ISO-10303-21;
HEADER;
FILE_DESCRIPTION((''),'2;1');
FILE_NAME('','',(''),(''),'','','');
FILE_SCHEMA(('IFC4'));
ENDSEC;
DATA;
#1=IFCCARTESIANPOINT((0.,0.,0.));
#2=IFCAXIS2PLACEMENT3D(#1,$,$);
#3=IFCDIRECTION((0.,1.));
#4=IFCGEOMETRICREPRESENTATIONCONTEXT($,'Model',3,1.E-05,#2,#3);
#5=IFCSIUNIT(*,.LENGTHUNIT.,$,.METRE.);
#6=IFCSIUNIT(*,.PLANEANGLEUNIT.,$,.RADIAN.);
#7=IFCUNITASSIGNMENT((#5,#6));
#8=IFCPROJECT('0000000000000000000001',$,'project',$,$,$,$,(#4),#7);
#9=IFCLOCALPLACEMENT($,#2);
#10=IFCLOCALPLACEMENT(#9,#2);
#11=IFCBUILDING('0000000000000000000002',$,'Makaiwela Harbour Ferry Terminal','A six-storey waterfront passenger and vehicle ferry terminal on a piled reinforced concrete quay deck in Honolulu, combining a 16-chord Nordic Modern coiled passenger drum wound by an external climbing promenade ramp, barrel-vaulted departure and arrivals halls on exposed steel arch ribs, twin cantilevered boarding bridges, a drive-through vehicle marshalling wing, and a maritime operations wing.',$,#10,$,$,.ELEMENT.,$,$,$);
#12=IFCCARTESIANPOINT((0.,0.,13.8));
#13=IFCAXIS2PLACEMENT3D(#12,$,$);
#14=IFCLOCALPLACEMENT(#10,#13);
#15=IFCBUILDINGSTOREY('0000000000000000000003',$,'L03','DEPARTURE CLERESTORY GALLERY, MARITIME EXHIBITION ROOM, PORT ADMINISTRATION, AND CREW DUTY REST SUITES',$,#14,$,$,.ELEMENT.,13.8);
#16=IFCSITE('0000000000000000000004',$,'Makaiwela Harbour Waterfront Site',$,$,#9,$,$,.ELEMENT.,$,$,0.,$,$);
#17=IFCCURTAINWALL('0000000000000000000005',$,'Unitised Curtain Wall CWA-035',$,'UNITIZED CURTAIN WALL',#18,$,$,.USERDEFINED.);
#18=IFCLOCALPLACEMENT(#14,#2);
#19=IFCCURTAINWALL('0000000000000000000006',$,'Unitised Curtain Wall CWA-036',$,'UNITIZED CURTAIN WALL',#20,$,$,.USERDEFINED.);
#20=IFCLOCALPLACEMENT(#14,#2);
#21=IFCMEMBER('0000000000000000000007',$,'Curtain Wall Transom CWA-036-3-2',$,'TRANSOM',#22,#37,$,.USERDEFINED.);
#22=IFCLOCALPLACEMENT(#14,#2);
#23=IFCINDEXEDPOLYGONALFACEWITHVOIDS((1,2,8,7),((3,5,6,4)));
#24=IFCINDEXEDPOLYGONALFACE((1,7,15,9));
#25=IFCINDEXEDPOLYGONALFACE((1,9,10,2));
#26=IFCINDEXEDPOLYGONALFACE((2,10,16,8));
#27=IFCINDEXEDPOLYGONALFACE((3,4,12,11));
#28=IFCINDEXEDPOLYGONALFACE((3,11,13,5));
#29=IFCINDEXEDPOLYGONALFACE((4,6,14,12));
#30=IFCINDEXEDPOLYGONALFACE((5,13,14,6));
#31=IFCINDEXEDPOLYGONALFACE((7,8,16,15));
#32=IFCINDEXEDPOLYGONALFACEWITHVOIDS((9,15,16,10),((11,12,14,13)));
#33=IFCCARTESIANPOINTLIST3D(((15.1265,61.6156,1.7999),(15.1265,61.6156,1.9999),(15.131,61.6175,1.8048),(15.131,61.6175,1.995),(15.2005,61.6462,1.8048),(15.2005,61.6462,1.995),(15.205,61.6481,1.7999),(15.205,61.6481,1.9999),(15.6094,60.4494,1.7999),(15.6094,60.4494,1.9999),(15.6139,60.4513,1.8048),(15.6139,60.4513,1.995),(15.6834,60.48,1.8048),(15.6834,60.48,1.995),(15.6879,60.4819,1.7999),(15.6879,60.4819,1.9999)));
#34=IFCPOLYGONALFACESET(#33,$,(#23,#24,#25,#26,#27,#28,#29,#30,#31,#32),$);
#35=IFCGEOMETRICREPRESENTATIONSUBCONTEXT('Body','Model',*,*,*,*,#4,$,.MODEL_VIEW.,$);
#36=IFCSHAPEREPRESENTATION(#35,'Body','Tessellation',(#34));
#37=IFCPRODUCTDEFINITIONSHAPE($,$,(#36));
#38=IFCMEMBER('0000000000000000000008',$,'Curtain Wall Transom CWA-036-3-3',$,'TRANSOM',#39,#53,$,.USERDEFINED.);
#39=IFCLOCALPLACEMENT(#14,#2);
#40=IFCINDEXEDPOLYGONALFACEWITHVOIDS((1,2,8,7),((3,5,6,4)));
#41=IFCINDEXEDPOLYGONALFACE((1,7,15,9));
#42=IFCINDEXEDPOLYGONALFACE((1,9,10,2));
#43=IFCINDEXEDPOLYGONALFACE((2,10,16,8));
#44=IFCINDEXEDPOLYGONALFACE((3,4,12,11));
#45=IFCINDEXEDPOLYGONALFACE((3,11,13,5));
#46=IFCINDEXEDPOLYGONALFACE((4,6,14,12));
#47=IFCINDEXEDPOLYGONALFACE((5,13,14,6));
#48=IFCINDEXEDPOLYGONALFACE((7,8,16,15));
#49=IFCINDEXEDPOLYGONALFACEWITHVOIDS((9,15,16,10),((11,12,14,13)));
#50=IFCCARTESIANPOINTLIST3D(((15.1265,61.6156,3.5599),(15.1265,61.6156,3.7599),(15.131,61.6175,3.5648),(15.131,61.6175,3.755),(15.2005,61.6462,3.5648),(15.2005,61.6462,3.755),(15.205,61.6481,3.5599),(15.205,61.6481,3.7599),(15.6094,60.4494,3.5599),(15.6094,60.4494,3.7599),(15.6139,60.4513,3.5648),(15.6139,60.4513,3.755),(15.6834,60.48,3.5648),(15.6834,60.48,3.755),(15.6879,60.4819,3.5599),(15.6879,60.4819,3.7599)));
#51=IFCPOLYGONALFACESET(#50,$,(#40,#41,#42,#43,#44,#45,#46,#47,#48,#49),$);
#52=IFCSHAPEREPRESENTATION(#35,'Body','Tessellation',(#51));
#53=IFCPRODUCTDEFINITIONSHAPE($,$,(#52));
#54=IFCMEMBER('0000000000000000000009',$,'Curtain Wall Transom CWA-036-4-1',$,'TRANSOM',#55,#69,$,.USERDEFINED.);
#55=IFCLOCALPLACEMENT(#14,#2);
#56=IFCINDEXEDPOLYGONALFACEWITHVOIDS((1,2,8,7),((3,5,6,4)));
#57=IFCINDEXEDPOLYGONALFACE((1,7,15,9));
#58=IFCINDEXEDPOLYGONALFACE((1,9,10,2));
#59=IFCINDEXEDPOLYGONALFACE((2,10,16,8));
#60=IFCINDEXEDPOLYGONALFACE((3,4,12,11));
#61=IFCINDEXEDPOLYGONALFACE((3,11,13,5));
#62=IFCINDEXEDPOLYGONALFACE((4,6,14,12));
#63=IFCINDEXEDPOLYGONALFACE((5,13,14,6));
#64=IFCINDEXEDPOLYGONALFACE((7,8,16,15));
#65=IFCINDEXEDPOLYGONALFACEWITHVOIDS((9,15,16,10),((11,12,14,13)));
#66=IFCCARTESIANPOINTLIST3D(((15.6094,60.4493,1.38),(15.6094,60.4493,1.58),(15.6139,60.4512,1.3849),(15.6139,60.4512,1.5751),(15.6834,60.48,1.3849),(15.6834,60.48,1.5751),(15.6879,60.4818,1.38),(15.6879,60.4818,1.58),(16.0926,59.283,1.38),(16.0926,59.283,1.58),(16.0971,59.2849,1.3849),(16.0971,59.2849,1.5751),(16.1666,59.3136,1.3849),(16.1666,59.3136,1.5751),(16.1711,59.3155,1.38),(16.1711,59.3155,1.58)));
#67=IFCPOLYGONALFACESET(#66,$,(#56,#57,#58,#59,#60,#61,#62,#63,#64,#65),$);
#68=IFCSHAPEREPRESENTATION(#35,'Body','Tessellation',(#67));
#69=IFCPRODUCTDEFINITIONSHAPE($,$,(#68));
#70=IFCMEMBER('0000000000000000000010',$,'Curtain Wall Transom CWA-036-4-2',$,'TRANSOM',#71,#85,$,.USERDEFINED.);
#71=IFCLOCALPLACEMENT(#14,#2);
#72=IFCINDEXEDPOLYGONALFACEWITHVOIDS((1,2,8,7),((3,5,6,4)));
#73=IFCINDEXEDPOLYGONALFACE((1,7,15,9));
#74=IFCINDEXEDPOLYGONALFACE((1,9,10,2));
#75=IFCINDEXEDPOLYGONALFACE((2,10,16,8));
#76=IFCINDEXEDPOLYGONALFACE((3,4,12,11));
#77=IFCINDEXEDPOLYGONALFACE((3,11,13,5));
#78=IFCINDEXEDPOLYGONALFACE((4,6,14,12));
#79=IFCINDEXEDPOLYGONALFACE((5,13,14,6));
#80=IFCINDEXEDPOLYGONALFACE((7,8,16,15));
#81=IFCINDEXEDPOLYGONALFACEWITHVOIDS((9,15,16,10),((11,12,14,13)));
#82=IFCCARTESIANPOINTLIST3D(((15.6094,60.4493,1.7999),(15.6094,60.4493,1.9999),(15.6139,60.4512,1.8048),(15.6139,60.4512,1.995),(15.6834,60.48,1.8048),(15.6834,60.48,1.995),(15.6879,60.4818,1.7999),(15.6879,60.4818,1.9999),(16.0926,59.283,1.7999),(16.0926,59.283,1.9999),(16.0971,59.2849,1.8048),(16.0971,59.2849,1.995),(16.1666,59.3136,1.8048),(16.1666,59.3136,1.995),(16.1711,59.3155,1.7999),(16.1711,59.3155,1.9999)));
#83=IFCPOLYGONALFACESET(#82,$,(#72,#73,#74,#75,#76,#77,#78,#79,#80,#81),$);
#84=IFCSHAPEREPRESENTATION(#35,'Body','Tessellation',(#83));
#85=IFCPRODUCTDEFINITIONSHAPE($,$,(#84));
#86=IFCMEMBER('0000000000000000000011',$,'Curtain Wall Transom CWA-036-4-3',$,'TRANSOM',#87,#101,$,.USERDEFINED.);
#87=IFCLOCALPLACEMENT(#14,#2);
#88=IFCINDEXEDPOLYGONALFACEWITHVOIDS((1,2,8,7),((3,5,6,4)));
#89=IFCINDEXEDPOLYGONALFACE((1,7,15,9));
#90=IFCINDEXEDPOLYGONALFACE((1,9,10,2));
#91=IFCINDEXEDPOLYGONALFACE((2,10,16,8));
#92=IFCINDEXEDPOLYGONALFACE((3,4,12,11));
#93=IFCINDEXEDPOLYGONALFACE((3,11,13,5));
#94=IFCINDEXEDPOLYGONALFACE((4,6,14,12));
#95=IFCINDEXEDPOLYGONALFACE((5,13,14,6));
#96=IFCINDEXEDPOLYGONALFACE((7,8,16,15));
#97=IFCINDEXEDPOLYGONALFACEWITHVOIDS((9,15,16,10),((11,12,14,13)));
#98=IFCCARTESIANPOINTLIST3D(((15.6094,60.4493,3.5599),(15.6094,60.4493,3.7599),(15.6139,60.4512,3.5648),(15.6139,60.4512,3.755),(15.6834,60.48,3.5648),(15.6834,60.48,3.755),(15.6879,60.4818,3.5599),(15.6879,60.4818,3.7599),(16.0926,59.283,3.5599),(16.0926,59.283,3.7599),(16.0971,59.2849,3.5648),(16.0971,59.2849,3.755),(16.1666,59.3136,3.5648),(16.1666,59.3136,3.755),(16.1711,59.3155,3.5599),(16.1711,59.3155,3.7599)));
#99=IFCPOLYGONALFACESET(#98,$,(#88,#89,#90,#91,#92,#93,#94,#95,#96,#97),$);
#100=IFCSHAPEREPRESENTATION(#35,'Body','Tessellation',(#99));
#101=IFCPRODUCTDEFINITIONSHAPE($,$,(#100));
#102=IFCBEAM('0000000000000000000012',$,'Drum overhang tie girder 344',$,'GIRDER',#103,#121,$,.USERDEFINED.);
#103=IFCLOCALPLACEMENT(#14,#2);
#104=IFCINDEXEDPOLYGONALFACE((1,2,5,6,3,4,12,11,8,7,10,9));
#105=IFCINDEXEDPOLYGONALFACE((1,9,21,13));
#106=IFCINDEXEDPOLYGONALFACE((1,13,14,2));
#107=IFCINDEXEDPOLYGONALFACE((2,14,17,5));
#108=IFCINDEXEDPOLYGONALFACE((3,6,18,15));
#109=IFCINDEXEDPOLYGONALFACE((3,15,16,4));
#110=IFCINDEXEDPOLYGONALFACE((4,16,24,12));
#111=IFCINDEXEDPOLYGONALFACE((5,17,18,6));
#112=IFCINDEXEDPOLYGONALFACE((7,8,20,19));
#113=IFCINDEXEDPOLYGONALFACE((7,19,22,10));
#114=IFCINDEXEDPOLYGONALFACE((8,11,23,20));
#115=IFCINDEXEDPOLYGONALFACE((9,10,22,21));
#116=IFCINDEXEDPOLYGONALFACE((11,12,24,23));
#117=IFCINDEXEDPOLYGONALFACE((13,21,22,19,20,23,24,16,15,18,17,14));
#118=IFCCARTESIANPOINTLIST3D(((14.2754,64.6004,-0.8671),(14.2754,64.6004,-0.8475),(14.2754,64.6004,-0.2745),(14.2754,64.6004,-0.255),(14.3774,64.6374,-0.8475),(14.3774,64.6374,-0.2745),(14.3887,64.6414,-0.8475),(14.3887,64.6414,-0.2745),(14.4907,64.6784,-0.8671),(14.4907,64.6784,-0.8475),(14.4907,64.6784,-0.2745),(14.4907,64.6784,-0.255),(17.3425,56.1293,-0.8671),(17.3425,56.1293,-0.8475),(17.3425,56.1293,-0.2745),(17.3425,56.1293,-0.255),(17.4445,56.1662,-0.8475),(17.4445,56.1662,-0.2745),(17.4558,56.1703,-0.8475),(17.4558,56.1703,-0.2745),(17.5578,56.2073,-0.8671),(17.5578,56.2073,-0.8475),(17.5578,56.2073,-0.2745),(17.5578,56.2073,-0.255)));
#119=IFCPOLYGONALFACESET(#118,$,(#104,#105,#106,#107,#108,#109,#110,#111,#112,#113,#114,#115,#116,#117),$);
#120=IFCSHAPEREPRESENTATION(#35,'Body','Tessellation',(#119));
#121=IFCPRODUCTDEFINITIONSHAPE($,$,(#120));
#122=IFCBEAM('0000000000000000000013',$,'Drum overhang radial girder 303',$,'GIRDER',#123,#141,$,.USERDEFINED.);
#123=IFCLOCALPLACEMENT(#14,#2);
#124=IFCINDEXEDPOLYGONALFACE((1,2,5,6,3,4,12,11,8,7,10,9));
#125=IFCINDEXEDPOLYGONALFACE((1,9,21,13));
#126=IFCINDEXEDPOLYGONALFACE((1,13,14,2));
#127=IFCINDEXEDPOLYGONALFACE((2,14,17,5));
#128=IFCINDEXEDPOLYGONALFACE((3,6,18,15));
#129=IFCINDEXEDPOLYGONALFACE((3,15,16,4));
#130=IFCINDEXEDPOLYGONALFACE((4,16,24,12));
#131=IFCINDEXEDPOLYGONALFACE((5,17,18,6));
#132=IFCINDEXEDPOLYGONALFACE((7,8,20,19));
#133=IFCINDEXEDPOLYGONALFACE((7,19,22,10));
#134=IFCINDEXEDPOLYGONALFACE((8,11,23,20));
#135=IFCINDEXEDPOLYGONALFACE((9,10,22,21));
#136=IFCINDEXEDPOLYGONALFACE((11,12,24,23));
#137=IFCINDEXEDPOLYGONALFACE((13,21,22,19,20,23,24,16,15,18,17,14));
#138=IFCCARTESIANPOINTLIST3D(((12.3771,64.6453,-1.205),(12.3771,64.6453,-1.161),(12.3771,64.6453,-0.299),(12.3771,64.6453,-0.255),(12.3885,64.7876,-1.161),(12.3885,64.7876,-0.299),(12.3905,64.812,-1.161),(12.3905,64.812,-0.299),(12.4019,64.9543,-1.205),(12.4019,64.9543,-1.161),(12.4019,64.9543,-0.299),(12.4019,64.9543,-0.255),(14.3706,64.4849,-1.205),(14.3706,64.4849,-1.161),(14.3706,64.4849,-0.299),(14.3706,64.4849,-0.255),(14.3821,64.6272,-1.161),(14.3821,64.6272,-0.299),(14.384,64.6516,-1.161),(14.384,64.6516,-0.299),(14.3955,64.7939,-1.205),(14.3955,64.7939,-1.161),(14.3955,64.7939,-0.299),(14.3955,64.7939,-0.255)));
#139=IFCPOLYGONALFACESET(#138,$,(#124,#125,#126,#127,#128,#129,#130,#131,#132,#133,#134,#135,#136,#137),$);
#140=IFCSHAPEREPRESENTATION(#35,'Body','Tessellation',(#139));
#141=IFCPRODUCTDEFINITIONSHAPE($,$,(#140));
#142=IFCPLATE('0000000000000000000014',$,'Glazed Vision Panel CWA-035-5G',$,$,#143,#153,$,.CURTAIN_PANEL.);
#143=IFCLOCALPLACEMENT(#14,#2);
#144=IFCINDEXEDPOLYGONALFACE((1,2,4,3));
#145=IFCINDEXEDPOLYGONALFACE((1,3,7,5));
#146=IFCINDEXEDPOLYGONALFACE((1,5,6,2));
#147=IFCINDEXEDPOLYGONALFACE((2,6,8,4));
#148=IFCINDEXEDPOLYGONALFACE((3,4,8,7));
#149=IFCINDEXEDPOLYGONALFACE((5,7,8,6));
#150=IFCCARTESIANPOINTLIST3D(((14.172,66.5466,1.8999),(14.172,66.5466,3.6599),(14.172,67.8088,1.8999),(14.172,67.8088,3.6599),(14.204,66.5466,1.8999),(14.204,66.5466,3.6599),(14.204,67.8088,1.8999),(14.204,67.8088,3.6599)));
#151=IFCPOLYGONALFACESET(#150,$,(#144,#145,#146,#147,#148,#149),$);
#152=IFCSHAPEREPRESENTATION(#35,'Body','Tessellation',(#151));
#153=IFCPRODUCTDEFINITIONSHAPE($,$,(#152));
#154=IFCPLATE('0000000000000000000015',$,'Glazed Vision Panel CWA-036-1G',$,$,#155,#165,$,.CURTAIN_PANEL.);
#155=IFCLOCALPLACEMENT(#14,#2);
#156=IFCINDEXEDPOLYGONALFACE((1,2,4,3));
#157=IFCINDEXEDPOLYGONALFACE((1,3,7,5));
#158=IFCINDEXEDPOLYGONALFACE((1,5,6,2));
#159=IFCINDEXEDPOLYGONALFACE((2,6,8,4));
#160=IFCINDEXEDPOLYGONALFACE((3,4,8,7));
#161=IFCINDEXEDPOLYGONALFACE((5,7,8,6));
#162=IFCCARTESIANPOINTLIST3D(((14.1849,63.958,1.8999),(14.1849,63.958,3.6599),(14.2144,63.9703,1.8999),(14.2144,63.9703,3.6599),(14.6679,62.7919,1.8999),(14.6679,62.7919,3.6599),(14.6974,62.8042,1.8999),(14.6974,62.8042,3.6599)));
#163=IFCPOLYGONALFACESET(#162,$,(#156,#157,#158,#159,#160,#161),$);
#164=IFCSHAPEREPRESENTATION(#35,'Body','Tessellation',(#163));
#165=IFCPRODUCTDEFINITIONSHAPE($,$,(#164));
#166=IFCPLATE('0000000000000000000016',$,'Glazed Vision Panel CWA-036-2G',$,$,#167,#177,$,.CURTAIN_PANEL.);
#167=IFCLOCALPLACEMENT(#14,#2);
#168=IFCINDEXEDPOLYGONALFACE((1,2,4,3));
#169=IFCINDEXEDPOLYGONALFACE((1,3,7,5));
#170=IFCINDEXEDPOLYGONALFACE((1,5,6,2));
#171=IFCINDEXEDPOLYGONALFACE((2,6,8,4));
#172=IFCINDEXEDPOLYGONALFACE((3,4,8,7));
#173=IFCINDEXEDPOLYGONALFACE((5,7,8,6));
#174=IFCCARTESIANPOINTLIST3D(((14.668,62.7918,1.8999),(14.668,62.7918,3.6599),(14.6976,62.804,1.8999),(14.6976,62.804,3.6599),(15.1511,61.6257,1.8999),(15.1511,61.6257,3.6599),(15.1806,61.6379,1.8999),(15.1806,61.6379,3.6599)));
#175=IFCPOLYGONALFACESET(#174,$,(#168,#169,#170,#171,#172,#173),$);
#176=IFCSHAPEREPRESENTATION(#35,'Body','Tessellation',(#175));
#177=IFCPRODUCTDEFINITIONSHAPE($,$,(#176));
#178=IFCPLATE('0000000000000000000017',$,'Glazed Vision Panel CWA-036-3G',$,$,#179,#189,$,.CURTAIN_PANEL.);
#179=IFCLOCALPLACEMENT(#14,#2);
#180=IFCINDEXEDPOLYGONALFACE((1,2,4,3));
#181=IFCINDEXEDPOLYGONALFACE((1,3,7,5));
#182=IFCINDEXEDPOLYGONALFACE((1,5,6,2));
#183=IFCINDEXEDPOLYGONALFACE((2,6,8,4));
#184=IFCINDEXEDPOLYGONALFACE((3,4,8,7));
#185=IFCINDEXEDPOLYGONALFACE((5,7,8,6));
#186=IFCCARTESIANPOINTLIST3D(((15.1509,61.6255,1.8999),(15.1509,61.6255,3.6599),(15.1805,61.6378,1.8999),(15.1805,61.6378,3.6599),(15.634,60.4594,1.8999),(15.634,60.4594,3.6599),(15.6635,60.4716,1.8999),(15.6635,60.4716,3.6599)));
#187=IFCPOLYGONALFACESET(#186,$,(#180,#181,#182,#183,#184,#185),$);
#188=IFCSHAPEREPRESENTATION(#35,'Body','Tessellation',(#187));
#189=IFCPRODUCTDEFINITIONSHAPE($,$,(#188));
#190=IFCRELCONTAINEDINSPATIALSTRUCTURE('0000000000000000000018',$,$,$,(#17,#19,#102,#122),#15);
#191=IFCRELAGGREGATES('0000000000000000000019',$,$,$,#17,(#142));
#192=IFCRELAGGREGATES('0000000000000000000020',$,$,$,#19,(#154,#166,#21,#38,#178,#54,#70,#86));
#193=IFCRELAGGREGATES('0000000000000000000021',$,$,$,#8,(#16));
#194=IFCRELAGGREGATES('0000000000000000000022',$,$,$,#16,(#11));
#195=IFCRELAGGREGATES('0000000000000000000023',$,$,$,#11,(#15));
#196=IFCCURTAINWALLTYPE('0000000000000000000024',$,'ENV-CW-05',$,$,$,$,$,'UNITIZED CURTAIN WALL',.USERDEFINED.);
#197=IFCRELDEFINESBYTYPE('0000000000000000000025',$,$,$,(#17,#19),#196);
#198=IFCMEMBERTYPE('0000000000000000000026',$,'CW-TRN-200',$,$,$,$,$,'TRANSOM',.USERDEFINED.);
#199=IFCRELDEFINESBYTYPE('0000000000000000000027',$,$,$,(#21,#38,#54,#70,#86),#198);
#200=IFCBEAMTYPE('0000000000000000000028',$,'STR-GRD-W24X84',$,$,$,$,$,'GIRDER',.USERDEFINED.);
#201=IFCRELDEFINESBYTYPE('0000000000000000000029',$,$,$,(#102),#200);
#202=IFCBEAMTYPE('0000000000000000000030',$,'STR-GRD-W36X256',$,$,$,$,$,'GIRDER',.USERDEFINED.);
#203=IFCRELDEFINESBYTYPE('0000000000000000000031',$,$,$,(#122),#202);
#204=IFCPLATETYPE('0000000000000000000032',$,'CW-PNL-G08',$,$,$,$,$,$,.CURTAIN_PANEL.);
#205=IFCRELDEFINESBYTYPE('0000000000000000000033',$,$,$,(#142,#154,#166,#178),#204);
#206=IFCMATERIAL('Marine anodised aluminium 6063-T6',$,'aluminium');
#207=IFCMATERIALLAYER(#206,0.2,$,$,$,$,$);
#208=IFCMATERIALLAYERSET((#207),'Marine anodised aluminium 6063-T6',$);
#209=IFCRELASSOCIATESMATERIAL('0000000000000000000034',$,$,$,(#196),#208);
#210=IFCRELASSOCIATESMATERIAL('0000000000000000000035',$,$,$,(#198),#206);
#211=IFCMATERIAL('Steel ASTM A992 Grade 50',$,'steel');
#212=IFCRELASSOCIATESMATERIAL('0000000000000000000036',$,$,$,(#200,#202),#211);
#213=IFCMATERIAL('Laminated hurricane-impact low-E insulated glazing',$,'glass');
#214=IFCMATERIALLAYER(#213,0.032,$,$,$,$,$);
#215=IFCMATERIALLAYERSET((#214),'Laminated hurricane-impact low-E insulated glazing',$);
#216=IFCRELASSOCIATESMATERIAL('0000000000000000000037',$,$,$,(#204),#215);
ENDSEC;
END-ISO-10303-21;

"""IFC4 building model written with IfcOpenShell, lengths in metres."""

from ifc_helpers import new_model, si_unit, direction, frame, origin, origin_2d, place, context, subcontext, project, spatial, rectangle, hollow_rectangle, i_section, extrude, material, layer, layer_set, material_profile, profile_set, type_object, element, aggregate, save


model = new_model("IFC4")

# Units and contexts
model_context = context("Model", 3, precision=1e-05, world=origin(), true_north=direction((0.0, 1.0)))
body_context = subcontext(model_context, "Body", "Model", "MODEL_VIEW")
ifc_project = project(units=[si_unit("LENGTHUNIT", "METRE"), si_unit("PLANEANGLEUNIT", "RADIAN")], contexts=[model_context])

# Site, building, storey
site_placement = place(None, origin())
site = spatial("IfcSite", under=ifc_project, at=site_placement, Name="Makaiwela Harbour Waterfront Site", CompositionType="ELEMENT", RefElevation=0.0)
building_placement = place(site_placement, origin())
building = spatial("IfcBuilding", under=site, at=building_placement, Name="Makaiwela Harbour Ferry Terminal", Description="A six-storey waterfront passenger and vehicle ferry terminal on a piled reinforced concrete quay deck in Honolulu, combining a 16-chord Nordic Modern coiled passenger drum wound by an external climbing promenade ramp, barrel-vaulted departure and arrivals halls on exposed steel arch ribs, twin cantilevered boarding bridges, a drive-through vehicle marshalling wing, and a maritime operations wing.", CompositionType="ELEMENT")
storey_placement = place(building_placement, frame((0.0, 0.0, 13.8)))
storey = spatial("IfcBuildingStorey", under=building, at=storey_placement, Name="L03", Description="DEPARTURE CLERESTORY GALLERY, MARITIME EXHIBITION ROOM, PORT ADMINISTRATION, AND CREW DUTY REST SUITES", CompositionType="ELEMENT", Elevation=13.8)

# Curtain wall
ifc_material_1 = material(Name="Marine anodised aluminium 6063-T6", Category="aluminium")
ifc_layer_1 = layer(ifc_material_1, 0.2)
ifc_layer_set_1 = layer_set([ifc_layer_1], Name="Marine anodised aluminium 6063-T6")
curtain_wall_type = type_object("IfcCurtainWallType", Name="ENV-CW-05", ElementType="UNITIZED CURTAIN WALL", PredefinedType="USERDEFINED", material=ifc_layer_set_1)
curtain_wall_1_placement = place(storey_placement, origin())
curtain_wall_1 = element("IfcCurtainWall", 1, at=curtain_wall_1_placement, inside=storey, type_object=curtain_wall_type, Name="Unitised Curtain Wall CWA-035", ObjectType="UNITIZED CURTAIN WALL", PredefinedType="USERDEFINED")

# Curtain wall, members
curtain_wall_2_placement = place(storey_placement, origin())
curtain_wall_2 = element("IfcCurtainWall", 2, at=curtain_wall_2_placement, inside=storey, type_object=curtain_wall_type, Name="Unitised Curtain Wall CWA-036", ObjectType="UNITIZED CURTAIN WALL", PredefinedType="USERDEFINED")
ifc_material_profile_1 = material_profile(ifc_material_1, hollow_rectangle(XDim=0.085, YDim=0.2, WallThickness=0.0049, at=origin_2d()), Name="CWT-200X85")
ifc_profile_set_1 = profile_set([ifc_material_profile_1], Name="Marine anodised aluminium 6063-T6")
member_type_1 = type_object("IfcMemberType", Name="CW-TRN-200", ElementType="TRANSOM", PredefinedType="USERDEFINED", material=ifc_profile_set_1)
member_1_placement = place(storey_placement, frame((15.1658, 61.6318, 1.8999), z_axis=(0.382568, -0.923927, 0.0), x_axis=(0.923927, 0.382568, 0.0)))
member_1 = element("IfcMember", 3, at=member_1_placement, type_object=member_type_1, Name="Curtain Wall Transom CWA-036-3-2", ObjectType="TRANSOM", PredefinedType="USERDEFINED", context=body_context, shape_type="SweptSolid", body=[
    extrude(hollow_rectangle(XDim=0.085, YDim=0.2, WallThickness=0.0049, at=origin_2d()), origin(), (0.0, 0.0, 1.0), 1.2622),
])
member_2_placement = place(storey_placement, frame((15.1658, 61.6318, 3.6599), z_axis=(0.382568, -0.923927, 0.0), x_axis=(0.923927, 0.382568, 0.0)))
member_2 = element("IfcMember", 4, at=member_2_placement, type_object=member_type_1, Name="Curtain Wall Transom CWA-036-3-3", ObjectType="TRANSOM", PredefinedType="USERDEFINED", context=body_context, shape_type="SweptSolid", body=[
    extrude(hollow_rectangle(XDim=0.085, YDim=0.2, WallThickness=0.0049, at=origin_2d()), origin(), (0.0, 0.0, 1.0), 1.2622),
])
member_3_placement = place(storey_placement, frame((15.6487, 60.4656, 1.48), z_axis=(0.382733, -0.923859, 0.0), x_axis=(0.923859, 0.382733, 0.0)))
member_3 = element("IfcMember", 5, at=member_3_placement, type_object=member_type_1, Name="Curtain Wall Transom CWA-036-4-1", ObjectType="TRANSOM", PredefinedType="USERDEFINED", context=body_context, shape_type="SweptSolid", body=[
    extrude(hollow_rectangle(XDim=0.085, YDim=0.2, WallThickness=0.0049, at=origin_2d()), origin(), (0.0, 0.0, 1.0), 1.2625),
])
member_4_placement = place(storey_placement, frame((15.6487, 60.4656, 1.8999), z_axis=(0.382733, -0.923859, 0.0), x_axis=(0.923859, 0.382733, 0.0)))
member_4 = element("IfcMember", 6, at=member_4_placement, type_object=member_type_1, Name="Curtain Wall Transom CWA-036-4-2", ObjectType="TRANSOM", PredefinedType="USERDEFINED", context=body_context, shape_type="SweptSolid", body=[
    extrude(hollow_rectangle(XDim=0.085, YDim=0.2, WallThickness=0.0049, at=origin_2d()), origin(), (0.0, 0.0, 1.0), 1.2625),
])
member_5_placement = place(storey_placement, frame((15.6487, 60.4656, 3.6599), z_axis=(0.382733, -0.923859, 0.0), x_axis=(0.923859, 0.382733, 0.0)))
member_5 = element("IfcMember", 7, at=member_5_placement, type_object=member_type_1, Name="Curtain Wall Transom CWA-036-4-3", ObjectType="TRANSOM", PredefinedType="USERDEFINED", context=body_context, shape_type="SweptSolid", body=[
    extrude(hollow_rectangle(XDim=0.085, YDim=0.2, WallThickness=0.0049, at=origin_2d()), origin(), (0.0, 0.0, 1.0), 1.2625),
])

# Beams
ifc_material_2 = material(Name="Steel ASTM A992 Grade 50", Category="steel")
ifc_material_profile_2 = material_profile(ifc_material_2, i_section(OverallWidth=0.229, OverallDepth=0.6121, WebThickness=0.012, FlangeThickness=0.0195, at=origin_2d()), Name="W24X84")
ifc_profile_set_2 = profile_set([ifc_material_profile_2], Name="Steel ASTM A992 Grade 50")
beam_type_1 = type_object("IfcBeamType", Name="STR-GRD-W24X84", ElementType="GIRDER", PredefinedType="USERDEFINED", material=ifc_profile_set_2)
beam_1_placement = place(storey_placement, frame((14.3831, 64.6394, -0.561), z_axis=(0.340439, -0.940266, 0.0), x_axis=(0.940266, 0.340439, 0.0)))
element("IfcBeam", 8, at=beam_1_placement, inside=storey, type_object=beam_type_1, Name="Drum overhang tie girder 344", ObjectType="GIRDER", PredefinedType="USERDEFINED", context=body_context, shape_type="SweptSolid", body=[
    extrude(i_section(OverallWidth=0.229, OverallDepth=0.6121, WebThickness=0.012, FlangeThickness=0.0195, at=origin_2d()), origin(), (0.0, 0.0, 1.0), 9.0093),
])
ifc_material_profile_3 = material_profile(ifc_material_2, i_section(OverallWidth=0.3101, OverallDepth=0.95, WebThickness=0.0244, FlangeThickness=0.0439, at=origin_2d()), Name="W36X256")
ifc_profile_set_3 = profile_set([ifc_material_profile_3], Name="Steel ASTM A992 Grade 50")
beam_type_2 = type_object("IfcBeamType", Name="STR-GRD-W36X256", ElementType="GIRDER", PredefinedType="USERDEFINED", material=ifc_profile_set_3)
beam_2_placement = place(storey_placement, frame((14.3831, 64.6394, -0.73), z_axis=(-0.996779, 0.080196, 0.0), x_axis=(-0.080196, -0.996779, 0.0)))
element("IfcBeam", 9, at=beam_2_placement, inside=storey, type_object=beam_type_2, Name="Drum overhang radial girder 303", ObjectType="GIRDER", PredefinedType="USERDEFINED", context=body_context, shape_type="SweptSolid", body=[
    extrude(i_section(OverallWidth=0.3101, OverallDepth=0.95, WebThickness=0.0244, FlangeThickness=0.0439, at=origin_2d()), origin(), (0.0, 0.0, 1.0), 2.0),
])

# Plates
ifc_material_3 = material(Name="Laminated hurricane-impact low-E insulated glazing", Category="glass")
ifc_layer_2 = layer(ifc_material_3, 0.032)
ifc_layer_set_2 = layer_set([ifc_layer_2], Name="Laminated hurricane-impact low-E insulated glazing")
plate_type_1 = type_object("IfcPlateType", Name="CW-PNL-G08", PredefinedType="CURTAIN_PANEL", material=ifc_layer_set_2)
plate_1_placement = place(storey_placement, frame((14.188, 67.1777, 1.8999), z_axis=(0.0, 0.0, 1.0), x_axis=(0.0, -1.0, 0.0)))
plate_1 = element("IfcPlate", 10, at=plate_1_placement, type_object=plate_type_1, Name="Glazed Vision Panel CWA-035-5G", PredefinedType="CURTAIN_PANEL", context=body_context, shape_type="SweptSolid", body=[
    extrude(rectangle(XDim=1.2622, YDim=0.032, at=origin_2d()), origin(), (0.0, 0.0, 1.0), 1.76),
])
plate_2_placement = place(storey_placement, frame((14.4412, 63.3811, 1.8999), z_axis=(0.0, 0.0, 1.0), x_axis=(0.382683, -0.92388, 0.0)))
plate_2 = element("IfcPlate", 11, at=plate_2_placement, type_object=plate_type_1, Name="Glazed Vision Panel CWA-036-1G", PredefinedType="CURTAIN_PANEL", context=body_context, shape_type="SweptSolid", body=[
    extrude(rectangle(XDim=1.2622, YDim=0.032, at=origin_2d()), origin(), (0.0, 0.0, 1.0), 1.76),
])
plate_3_placement = place(storey_placement, frame((14.9243, 62.2148, 1.8999), z_axis=(0.0, 0.0, 1.0), x_axis=(0.382683, -0.92388, 0.0)))
plate_3 = element("IfcPlate", 12, at=plate_3_placement, type_object=plate_type_1, Name="Glazed Vision Panel CWA-036-2G", PredefinedType="CURTAIN_PANEL", context=body_context, shape_type="SweptSolid", body=[
    extrude(rectangle(XDim=1.2622, YDim=0.032, at=origin_2d()), origin(), (0.0, 0.0, 1.0), 1.76),
])
plate_4_placement = place(storey_placement, frame((15.4072, 61.0486, 1.8999), z_axis=(0.0, 0.0, 1.0), x_axis=(0.382683, -0.92388, 0.0)))
plate_4 = element("IfcPlate", 13, at=plate_4_placement, type_object=plate_type_1, Name="Glazed Vision Panel CWA-036-3G", PredefinedType="CURTAIN_PANEL", context=body_context, shape_type="SweptSolid", body=[
    extrude(rectangle(XDim=1.2622, YDim=0.032, at=origin_2d()), origin(), (0.0, 0.0, 1.0), 1.76),
])
aggregate(curtain_wall_1, [plate_1])
aggregate(curtain_wall_2, [plate_2, plate_3, member_1, member_2, plate_4, member_3, member_4, member_5])

save(model, "model.ifc")
